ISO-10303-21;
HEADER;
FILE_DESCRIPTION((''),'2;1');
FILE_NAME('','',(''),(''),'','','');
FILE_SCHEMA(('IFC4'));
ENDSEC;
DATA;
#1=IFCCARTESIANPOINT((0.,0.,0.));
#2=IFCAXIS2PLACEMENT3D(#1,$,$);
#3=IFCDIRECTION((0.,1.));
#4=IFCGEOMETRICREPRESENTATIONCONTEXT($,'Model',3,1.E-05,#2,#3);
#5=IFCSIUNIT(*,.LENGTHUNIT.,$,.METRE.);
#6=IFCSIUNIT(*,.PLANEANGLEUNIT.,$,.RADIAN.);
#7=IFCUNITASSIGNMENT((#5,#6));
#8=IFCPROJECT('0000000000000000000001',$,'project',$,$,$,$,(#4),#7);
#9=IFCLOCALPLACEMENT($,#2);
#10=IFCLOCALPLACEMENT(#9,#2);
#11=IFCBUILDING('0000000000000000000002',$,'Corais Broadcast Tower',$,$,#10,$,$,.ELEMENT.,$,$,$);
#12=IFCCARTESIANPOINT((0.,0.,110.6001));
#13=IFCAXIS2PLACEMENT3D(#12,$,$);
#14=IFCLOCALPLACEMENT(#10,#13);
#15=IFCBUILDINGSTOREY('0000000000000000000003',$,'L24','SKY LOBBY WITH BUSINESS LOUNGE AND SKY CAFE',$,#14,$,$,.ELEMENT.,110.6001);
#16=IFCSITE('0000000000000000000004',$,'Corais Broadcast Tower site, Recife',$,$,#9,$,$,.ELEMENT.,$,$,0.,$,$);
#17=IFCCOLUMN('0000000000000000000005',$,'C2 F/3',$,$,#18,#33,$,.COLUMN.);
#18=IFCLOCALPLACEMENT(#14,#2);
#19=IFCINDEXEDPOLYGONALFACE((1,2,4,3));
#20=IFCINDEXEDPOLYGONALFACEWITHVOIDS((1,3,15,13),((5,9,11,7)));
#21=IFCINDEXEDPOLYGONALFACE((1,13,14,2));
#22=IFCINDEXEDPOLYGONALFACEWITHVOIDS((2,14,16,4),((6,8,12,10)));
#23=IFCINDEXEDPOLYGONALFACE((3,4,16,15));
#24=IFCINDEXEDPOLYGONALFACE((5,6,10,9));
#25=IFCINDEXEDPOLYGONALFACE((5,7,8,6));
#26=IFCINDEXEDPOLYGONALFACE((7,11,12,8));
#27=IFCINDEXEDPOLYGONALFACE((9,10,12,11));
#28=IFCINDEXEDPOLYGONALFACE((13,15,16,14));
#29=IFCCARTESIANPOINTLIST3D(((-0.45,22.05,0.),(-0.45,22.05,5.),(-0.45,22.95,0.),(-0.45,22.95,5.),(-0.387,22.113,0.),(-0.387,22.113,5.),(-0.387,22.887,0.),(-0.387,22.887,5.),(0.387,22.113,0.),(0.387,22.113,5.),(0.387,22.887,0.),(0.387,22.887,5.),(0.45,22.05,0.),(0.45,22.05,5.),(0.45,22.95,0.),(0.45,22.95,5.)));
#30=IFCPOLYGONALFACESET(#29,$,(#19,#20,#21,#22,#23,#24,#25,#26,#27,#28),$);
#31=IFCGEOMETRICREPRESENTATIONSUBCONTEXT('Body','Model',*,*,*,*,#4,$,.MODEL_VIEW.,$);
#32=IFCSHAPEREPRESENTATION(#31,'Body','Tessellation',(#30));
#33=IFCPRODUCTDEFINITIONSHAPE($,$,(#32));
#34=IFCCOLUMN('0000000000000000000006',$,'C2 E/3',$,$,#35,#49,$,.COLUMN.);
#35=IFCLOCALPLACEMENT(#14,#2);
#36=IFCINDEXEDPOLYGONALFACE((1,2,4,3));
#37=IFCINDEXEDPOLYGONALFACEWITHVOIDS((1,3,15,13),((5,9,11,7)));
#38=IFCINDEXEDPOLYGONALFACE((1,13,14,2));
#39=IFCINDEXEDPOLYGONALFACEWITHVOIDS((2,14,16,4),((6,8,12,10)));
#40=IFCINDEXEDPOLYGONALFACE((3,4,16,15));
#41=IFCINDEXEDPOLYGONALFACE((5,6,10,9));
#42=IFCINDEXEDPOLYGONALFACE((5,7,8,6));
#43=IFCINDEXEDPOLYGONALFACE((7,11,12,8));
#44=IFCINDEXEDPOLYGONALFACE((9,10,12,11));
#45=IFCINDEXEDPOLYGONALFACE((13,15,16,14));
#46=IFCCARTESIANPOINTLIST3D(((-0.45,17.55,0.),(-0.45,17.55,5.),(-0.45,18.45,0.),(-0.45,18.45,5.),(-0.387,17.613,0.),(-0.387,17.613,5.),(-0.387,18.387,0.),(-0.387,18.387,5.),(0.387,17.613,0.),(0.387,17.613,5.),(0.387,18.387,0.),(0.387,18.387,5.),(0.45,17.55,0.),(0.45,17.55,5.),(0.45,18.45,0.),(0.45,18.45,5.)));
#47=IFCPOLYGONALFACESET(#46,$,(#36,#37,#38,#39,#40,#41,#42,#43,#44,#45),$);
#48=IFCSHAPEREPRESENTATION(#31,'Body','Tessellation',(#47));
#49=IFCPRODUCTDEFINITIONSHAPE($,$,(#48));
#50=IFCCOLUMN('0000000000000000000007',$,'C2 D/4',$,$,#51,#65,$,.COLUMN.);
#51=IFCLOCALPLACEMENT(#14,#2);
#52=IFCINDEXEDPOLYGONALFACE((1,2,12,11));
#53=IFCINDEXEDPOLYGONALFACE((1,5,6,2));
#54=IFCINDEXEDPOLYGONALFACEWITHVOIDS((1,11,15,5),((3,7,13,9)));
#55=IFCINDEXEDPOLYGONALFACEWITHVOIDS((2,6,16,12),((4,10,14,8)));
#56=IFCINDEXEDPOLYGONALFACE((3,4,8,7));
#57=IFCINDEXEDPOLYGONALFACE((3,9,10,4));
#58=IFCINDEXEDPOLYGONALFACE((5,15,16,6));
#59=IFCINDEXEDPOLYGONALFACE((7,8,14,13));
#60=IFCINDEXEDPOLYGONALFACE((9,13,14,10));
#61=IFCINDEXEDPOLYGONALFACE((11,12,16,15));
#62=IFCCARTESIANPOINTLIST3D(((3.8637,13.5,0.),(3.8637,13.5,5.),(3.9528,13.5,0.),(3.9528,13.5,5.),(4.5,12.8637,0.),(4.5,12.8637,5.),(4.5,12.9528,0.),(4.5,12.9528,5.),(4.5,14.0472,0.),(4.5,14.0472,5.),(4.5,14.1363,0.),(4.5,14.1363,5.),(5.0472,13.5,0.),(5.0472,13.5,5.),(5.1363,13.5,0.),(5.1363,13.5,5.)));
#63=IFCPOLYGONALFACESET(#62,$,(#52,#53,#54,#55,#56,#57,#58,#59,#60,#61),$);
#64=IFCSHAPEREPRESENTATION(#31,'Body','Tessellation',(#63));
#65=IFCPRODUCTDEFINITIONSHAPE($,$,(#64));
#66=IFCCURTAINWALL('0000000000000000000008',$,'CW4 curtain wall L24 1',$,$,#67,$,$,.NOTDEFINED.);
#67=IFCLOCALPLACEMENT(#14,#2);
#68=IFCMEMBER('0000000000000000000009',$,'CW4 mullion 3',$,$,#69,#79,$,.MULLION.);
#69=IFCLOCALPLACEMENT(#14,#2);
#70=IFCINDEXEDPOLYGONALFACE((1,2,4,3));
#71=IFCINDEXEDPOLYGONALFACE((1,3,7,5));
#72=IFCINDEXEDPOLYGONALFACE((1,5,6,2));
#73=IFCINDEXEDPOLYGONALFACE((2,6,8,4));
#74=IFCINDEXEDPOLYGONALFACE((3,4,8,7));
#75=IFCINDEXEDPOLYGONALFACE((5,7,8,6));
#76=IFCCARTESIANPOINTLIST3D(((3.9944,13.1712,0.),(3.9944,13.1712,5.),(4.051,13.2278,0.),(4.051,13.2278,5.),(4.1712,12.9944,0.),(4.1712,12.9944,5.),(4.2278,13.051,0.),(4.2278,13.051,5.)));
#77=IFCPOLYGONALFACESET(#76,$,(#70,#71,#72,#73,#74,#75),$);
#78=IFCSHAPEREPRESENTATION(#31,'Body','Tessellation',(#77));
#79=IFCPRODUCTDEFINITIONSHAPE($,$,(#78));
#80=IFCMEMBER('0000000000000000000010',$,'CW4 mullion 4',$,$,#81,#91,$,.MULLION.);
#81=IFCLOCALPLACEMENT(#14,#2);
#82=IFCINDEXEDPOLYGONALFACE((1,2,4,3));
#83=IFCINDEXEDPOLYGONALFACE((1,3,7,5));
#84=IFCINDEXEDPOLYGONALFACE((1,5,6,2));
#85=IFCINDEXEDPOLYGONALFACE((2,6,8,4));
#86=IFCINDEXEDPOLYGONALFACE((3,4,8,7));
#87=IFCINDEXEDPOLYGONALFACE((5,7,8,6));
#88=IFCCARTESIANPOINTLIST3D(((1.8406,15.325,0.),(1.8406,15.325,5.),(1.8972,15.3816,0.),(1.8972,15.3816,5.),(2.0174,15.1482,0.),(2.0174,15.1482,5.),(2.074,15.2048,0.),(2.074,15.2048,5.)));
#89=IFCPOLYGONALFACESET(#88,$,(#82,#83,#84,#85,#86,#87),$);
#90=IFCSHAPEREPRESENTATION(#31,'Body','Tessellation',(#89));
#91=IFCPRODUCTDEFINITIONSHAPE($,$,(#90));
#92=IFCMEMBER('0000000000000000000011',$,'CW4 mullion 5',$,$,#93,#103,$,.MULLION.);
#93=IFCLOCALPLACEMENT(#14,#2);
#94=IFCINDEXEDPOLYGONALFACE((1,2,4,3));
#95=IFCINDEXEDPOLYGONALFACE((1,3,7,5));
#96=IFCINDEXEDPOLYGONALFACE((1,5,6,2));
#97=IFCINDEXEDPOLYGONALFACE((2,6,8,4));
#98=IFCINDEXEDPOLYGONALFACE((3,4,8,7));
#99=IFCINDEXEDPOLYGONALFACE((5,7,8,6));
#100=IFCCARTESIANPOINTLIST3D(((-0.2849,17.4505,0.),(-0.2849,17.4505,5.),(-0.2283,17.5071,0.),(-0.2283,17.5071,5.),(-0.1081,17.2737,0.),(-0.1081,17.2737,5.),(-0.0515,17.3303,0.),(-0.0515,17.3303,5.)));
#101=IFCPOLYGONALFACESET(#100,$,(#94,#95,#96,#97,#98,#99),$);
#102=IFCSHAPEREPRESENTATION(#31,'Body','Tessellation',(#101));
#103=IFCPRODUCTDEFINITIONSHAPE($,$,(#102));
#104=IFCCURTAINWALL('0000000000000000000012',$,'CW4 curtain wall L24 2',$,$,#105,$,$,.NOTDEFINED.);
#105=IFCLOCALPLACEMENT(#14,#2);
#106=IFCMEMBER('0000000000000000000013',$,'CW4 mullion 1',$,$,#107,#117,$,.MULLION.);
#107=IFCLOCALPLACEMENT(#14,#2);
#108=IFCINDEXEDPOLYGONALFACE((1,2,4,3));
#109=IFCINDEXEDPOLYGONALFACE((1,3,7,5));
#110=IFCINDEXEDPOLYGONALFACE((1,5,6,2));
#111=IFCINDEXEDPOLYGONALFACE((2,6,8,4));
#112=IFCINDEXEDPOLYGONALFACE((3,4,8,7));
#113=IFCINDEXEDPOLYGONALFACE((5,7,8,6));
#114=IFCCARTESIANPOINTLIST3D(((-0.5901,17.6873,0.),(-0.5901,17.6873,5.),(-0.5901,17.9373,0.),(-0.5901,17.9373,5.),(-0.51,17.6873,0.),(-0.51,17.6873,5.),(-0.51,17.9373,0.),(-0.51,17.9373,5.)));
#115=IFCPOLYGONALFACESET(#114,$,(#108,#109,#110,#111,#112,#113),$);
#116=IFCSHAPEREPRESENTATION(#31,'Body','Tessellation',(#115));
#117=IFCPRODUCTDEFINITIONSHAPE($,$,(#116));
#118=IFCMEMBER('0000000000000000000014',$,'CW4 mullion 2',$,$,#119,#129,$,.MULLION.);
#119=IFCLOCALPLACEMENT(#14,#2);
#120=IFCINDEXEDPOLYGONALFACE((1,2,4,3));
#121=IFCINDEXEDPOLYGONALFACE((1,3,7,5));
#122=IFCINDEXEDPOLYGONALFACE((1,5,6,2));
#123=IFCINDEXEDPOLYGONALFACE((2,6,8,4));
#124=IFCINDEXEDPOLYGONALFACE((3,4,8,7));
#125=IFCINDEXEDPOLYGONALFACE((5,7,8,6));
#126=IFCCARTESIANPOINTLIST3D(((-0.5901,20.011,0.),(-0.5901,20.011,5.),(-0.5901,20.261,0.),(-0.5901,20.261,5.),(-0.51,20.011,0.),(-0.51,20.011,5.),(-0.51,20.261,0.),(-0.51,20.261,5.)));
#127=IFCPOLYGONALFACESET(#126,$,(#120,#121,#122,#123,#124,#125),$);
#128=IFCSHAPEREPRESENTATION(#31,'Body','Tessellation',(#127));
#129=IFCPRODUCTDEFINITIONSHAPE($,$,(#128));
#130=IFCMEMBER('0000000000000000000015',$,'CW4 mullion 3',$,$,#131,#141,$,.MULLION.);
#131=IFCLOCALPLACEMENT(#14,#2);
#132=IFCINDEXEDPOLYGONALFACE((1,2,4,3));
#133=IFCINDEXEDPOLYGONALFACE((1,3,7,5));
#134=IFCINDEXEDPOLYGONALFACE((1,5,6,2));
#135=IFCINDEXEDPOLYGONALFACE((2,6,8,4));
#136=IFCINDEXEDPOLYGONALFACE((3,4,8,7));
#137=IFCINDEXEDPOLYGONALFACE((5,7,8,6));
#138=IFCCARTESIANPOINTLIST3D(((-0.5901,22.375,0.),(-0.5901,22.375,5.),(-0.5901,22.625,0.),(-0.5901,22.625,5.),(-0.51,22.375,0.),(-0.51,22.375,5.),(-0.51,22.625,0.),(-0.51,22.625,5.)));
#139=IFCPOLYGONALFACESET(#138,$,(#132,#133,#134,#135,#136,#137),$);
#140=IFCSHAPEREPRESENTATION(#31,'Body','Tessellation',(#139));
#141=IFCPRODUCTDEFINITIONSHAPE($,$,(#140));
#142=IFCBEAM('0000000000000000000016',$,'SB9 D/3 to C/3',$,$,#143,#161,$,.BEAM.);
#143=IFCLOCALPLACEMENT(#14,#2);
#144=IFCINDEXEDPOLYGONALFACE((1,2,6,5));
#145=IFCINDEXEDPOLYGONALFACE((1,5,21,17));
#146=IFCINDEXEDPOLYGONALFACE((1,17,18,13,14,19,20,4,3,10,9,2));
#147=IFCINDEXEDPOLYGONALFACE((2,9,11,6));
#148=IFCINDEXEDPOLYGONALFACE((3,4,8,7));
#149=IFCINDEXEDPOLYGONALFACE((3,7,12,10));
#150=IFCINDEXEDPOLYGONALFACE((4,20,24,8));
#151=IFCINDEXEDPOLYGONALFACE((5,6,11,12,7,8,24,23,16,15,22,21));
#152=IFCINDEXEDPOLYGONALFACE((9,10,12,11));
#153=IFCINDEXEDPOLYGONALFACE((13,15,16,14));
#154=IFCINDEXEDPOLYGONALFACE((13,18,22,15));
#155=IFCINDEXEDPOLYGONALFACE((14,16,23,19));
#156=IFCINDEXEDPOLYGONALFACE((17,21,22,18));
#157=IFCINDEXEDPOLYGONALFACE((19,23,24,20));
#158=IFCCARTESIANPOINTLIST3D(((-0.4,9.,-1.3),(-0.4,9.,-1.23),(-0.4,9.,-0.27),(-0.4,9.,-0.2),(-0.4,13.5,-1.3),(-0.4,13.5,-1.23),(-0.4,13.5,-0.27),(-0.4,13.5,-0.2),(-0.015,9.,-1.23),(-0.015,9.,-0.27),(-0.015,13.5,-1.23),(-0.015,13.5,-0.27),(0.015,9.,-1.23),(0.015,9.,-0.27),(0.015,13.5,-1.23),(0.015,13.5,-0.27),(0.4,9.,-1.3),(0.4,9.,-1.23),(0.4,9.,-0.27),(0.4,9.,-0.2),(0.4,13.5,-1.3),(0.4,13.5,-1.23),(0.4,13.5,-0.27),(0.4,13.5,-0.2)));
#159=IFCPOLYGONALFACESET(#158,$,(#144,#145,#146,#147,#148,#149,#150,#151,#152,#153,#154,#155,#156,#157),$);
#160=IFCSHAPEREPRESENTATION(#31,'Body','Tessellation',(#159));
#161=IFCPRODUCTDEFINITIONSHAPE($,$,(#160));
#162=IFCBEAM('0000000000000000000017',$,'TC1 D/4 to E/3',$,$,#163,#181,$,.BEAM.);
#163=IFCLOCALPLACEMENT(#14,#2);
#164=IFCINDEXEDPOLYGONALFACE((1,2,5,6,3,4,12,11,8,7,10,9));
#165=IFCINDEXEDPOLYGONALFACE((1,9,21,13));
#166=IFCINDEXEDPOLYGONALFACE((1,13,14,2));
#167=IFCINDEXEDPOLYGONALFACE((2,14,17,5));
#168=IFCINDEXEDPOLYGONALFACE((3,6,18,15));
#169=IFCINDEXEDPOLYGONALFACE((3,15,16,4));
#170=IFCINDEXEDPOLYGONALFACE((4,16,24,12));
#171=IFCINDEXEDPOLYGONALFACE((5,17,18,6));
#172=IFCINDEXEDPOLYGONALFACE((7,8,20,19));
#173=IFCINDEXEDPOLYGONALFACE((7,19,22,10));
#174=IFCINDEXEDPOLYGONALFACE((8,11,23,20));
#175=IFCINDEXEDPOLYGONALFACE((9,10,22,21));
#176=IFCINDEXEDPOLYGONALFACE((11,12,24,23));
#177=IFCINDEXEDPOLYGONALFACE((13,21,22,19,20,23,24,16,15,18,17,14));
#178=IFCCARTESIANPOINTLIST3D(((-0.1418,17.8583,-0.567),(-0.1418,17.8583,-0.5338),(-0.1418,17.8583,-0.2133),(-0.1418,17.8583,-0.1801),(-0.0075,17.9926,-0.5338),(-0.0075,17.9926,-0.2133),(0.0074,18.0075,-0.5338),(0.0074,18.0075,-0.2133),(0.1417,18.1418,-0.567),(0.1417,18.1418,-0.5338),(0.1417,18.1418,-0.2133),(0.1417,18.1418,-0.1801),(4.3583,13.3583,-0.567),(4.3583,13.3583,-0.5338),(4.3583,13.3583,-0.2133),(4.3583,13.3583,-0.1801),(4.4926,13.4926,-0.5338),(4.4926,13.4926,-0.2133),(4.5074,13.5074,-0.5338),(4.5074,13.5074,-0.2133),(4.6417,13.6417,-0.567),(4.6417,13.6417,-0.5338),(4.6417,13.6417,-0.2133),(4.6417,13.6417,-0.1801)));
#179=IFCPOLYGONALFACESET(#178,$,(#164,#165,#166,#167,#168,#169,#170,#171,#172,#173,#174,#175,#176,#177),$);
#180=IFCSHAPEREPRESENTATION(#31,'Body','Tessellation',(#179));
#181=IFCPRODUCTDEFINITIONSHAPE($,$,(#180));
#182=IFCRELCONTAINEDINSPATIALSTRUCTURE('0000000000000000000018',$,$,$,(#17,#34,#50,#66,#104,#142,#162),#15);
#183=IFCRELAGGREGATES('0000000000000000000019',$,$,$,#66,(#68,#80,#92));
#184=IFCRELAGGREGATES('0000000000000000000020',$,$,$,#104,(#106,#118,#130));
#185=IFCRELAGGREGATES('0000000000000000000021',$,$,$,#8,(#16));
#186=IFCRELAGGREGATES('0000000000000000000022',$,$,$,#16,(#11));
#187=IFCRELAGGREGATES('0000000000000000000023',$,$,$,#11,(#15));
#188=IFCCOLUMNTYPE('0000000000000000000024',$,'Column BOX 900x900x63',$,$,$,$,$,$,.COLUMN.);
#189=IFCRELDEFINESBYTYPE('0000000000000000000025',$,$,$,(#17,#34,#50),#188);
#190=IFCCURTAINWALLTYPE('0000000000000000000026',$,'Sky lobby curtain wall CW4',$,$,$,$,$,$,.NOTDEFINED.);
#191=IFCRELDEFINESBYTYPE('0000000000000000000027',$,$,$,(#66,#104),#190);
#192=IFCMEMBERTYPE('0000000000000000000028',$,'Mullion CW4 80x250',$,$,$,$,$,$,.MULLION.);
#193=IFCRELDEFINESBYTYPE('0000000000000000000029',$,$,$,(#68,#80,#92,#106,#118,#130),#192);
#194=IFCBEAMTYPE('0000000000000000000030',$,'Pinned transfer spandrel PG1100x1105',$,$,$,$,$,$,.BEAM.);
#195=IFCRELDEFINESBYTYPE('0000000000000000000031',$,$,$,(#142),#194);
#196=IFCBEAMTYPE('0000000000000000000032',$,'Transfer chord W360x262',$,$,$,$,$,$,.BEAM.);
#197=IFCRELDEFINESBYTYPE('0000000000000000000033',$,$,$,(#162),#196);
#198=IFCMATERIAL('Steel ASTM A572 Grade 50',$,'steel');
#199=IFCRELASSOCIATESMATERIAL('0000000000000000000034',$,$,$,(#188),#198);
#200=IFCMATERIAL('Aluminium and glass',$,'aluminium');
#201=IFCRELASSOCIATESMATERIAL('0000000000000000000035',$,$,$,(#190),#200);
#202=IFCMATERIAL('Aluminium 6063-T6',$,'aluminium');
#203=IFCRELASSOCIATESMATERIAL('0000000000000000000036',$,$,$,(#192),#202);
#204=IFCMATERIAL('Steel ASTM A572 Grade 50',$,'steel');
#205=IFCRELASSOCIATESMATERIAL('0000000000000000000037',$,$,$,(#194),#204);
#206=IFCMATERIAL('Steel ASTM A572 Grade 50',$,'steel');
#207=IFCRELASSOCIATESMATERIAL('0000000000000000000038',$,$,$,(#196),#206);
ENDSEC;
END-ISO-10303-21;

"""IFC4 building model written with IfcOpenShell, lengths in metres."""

from ifc_helpers import new_model, si_unit, direction, frame, origin, origin_2d, place, context, subcontext, project, spatial, rectangle, hollow_rectangle, i_section, extrude, material, material_profile, profile_set, type_object, element, aggregate, save


model = new_model("IFC4")

# Units and contexts
model_context = context("Model", 3, precision=1e-05, world=origin(), true_north=direction((0.0, 1.0)))
body_context = subcontext(model_context, "Body", "Model", "MODEL_VIEW")
ifc_project = project(units=[si_unit("LENGTHUNIT", "METRE"), si_unit("PLANEANGLEUNIT", "RADIAN")], contexts=[model_context])

# Site, building, storey
site_placement = place(None, origin())
site = spatial("IfcSite", under=ifc_project, at=site_placement, Name="Corais Broadcast Tower site, Recife", CompositionType="ELEMENT", RefElevation=0.0)
building_placement = place(site_placement, origin())
building = spatial("IfcBuilding", under=site, at=building_placement, Name="Corais Broadcast Tower", CompositionType="ELEMENT")
storey_placement = place(building_placement, frame((0.0, 0.0, 110.6001)))
storey = spatial("IfcBuildingStorey", under=building, at=storey_placement, Name="L24", Description="SKY LOBBY WITH BUSINESS LOUNGE AND SKY CAFE", CompositionType="ELEMENT", Elevation=110.6001)

# Columns
ifc_material_1 = material(Name="Steel ASTM A572 Grade 50", Category="steel")
ifc_material_profile_1 = material_profile(ifc_material_1, hollow_rectangle(XDim=0.8999, YDim=0.8999, WallThickness=0.063, at=origin_2d()), Name="BOX 900x900x63")
ifc_profile_set_1 = profile_set([ifc_material_profile_1], Name="Steel ASTM A572 Grade 50")
column_type = type_object("IfcColumnType", Name="Column BOX 900x900x63", PredefinedType="COLUMN", material=ifc_profile_set_1)
for number, where, z_axis, x_axis, name in (
    (1, (0.0, 22.5, 0.0), (0.0, 0.0, 1.0), (1.0, 0.0, 0.0), "C2 F/3"),
    (2, (0.0, 18.0, 0.0), (0.0, 0.0, 1.0), (1.0, 0.0, 0.0), "C2 E/3"),
    (3, (4.5, 13.5, 0.0), (0.0, 0.0, 1.0), (0.707107, 0.707107, 0.0), "C2 D/4"),
):
    element("IfcColumn", number, at=place(storey_placement, frame(where, z_axis=z_axis, x_axis=x_axis)), inside=storey, type_object=column_type, Name=name, PredefinedType="COLUMN", context=body_context, shape_type="SweptSolid", body=[
        extrude(hollow_rectangle(XDim=0.8999, YDim=0.8999, WallThickness=0.063, at=origin_2d()), origin(), (0.0, 0.0, 1.0), 5.0),
    ])

# Curtain walls, members
ifc_material_2 = material(Name="Aluminium and glass", Category="aluminium")
curtain_wall_type = type_object("IfcCurtainWallType", Name="Sky lobby curtain wall CW4", PredefinedType="NOTDEFINED", material=ifc_material_2)
curtain_wall_1_placement = place(storey_placement, origin())
curtain_wall_1 = element("IfcCurtainWall", 4, at=curtain_wall_1_placement, inside=storey, type_object=curtain_wall_type, Name="CW4 curtain wall L24 1", PredefinedType="NOTDEFINED")
ifc_material_3 = material(Name="Aluminium 6063-T6", Category="aluminium")
ifc_material_profile_2 = material_profile(ifc_material_3, rectangle(XDim=0.0801, YDim=0.25, at=origin_2d()), Name="Mullion CW4 80x250")
ifc_profile_set_2 = profile_set([ifc_material_profile_2], Name="Aluminium 6063-T6")
member_type_1 = type_object("IfcMemberType", Name="Mullion CW4 80x250", PredefinedType="MULLION", material=ifc_profile_set_2)
member_1_placement = place(storey_placement, frame((4.1111, 13.1111, 0.0), z_axis=(0.0, 0.0, 1.0), x_axis=(-0.707107, -0.707107, 0.0)))
member_1 = element("IfcMember", 5, at=member_1_placement, type_object=member_type_1, Name="CW4 mullion 3", PredefinedType="MULLION", context=body_context, shape_type="SweptSolid", body=[
    extrude(rectangle(XDim=0.0801, YDim=0.25, at=origin_2d()), origin(), (0.0, 0.0, 1.0), 5.0),
])
member_2_placement = place(storey_placement, frame((1.9573, 15.2649, 0.0), z_axis=(0.0, 0.0, 1.0), x_axis=(-0.707107, -0.707107, 0.0)))
member_2 = element("IfcMember", 6, at=member_2_placement, type_object=member_type_1, Name="CW4 mullion 4", PredefinedType="MULLION", context=body_context, shape_type="SweptSolid", body=[
    extrude(rectangle(XDim=0.0801, YDim=0.25, at=origin_2d()), origin(), (0.0, 0.0, 1.0), 5.0),
])
member_3_placement = place(storey_placement, frame((-0.1682, 17.3904, 0.0), z_axis=(0.0, 0.0, 1.0), x_axis=(-0.707107, -0.707107, 0.0)))
member_3 = element("IfcMember", 7, at=member_3_placement, type_object=member_type_1, Name="CW4 mullion 5", PredefinedType="MULLION", context=body_context, shape_type="SweptSolid", body=[
    extrude(rectangle(XDim=0.0801, YDim=0.25, at=origin_2d()), origin(), (0.0, 0.0, 1.0), 5.0),
])
curtain_wall_2_placement = place(storey_placement, origin())
curtain_wall_2 = element("IfcCurtainWall", 8, at=curtain_wall_2_placement, inside=storey, type_object=curtain_wall_type, Name="CW4 curtain wall L24 2", PredefinedType="NOTDEFINED")
member_4_placement = place(storey_placement, frame((-0.55, 17.8123, 0.0), z_axis=(0.0, 0.0, 1.0), x_axis=(-1.0, 0.0, 0.0)))
member_4 = element("IfcMember", 9, at=member_4_placement, type_object=member_type_1, Name="CW4 mullion 1", PredefinedType="MULLION", context=body_context, shape_type="SweptSolid", body=[
    extrude(rectangle(XDim=0.0801, YDim=0.25, at=origin_2d()), origin(), (0.0, 0.0, 1.0), 5.0),
])
member_5_placement = place(storey_placement, frame((-0.55, 20.136, 0.0), z_axis=(0.0, 0.0, 1.0), x_axis=(-1.0, 0.0, 0.0)))
member_5 = element("IfcMember", 10, at=member_5_placement, type_object=member_type_1, Name="CW4 mullion 2", PredefinedType="MULLION", context=body_context, shape_type="SweptSolid", body=[
    extrude(rectangle(XDim=0.0801, YDim=0.25, at=origin_2d()), origin(), (0.0, 0.0, 1.0), 5.0),
])
member_6_placement = place(storey_placement, frame((-0.55, 22.5, 0.0), z_axis=(0.0, 0.0, 1.0), x_axis=(-1.0, 0.0, 0.0)))
member_6 = element("IfcMember", 11, at=member_6_placement, type_object=member_type_1, Name="CW4 mullion 3", PredefinedType="MULLION", context=body_context, shape_type="SweptSolid", body=[
    extrude(rectangle(XDim=0.0801, YDim=0.25, at=origin_2d()), origin(), (0.0, 0.0, 1.0), 5.0),
])

# Beams
ifc_material_4 = material(Name="Steel ASTM A572 Grade 50", Category="steel")
ifc_material_profile_3 = material_profile(ifc_material_4, i_section(OverallWidth=0.8, OverallDepth=1.1001, WebThickness=0.03, FlangeThickness=0.0701, at=origin_2d()), Name="PG1100x1105")
ifc_profile_set_3 = profile_set([ifc_material_profile_3], Name="Steel ASTM A572 Grade 50")
beam_type_1 = type_object("IfcBeamType", Name="Pinned transfer spandrel PG1100x1105", PredefinedType="BEAM", material=ifc_profile_set_3)
beam_1_placement = place(storey_placement, frame((0.0, 13.5, -0.75), z_axis=(0.0, -1.0, 0.0), x_axis=(1.0, 0.0, 0.0)))
element("IfcBeam", 12, at=beam_1_placement, inside=storey, type_object=beam_type_1, Name="SB9 D/3 to C/3", PredefinedType="BEAM", context=body_context, shape_type="SweptSolid", body=[
    extrude(i_section(OverallWidth=0.8, OverallDepth=1.1001, WebThickness=0.03, FlangeThickness=0.0701, at=origin_2d()), origin(), (0.0, 0.0, 1.0), 4.5),
])
ifc_material_5 = material(Name="Steel ASTM A572 Grade 50", Category="steel")
ifc_material_profile_4 = material_profile(ifc_material_5, i_section(OverallWidth=0.4009, OverallDepth=0.387, WebThickness=0.021, FlangeThickness=0.0332, at=origin_2d()), Name="W360x262")
ifc_profile_set_4 = profile_set([ifc_material_profile_4], Name="Steel ASTM A572 Grade 50")
beam_type_2 = type_object("IfcBeamType", Name="Transfer chord W360x262", PredefinedType="BEAM", material=ifc_profile_set_4)
beam_2_placement = place(storey_placement, frame((4.5, 13.5, -0.3735), z_axis=(-0.707107, 0.707107, 0.0), x_axis=(-0.707107, -0.707107, 0.0)))
element("IfcBeam", 13, at=beam_2_placement, inside=storey, type_object=beam_type_2, Name="TC1 D/4 to E/3", PredefinedType="BEAM", context=body_context, shape_type="SweptSolid", body=[
    extrude(i_section(OverallWidth=0.4009, OverallDepth=0.387, WebThickness=0.021, FlangeThickness=0.0332, at=origin_2d()), origin(), (0.0, 0.0, 1.0), 6.364),
])

aggregate(curtain_wall_1, [member_1, member_2, member_3])
aggregate(curtain_wall_2, [member_4, member_5, member_6])

save(model, "model.ifc")
